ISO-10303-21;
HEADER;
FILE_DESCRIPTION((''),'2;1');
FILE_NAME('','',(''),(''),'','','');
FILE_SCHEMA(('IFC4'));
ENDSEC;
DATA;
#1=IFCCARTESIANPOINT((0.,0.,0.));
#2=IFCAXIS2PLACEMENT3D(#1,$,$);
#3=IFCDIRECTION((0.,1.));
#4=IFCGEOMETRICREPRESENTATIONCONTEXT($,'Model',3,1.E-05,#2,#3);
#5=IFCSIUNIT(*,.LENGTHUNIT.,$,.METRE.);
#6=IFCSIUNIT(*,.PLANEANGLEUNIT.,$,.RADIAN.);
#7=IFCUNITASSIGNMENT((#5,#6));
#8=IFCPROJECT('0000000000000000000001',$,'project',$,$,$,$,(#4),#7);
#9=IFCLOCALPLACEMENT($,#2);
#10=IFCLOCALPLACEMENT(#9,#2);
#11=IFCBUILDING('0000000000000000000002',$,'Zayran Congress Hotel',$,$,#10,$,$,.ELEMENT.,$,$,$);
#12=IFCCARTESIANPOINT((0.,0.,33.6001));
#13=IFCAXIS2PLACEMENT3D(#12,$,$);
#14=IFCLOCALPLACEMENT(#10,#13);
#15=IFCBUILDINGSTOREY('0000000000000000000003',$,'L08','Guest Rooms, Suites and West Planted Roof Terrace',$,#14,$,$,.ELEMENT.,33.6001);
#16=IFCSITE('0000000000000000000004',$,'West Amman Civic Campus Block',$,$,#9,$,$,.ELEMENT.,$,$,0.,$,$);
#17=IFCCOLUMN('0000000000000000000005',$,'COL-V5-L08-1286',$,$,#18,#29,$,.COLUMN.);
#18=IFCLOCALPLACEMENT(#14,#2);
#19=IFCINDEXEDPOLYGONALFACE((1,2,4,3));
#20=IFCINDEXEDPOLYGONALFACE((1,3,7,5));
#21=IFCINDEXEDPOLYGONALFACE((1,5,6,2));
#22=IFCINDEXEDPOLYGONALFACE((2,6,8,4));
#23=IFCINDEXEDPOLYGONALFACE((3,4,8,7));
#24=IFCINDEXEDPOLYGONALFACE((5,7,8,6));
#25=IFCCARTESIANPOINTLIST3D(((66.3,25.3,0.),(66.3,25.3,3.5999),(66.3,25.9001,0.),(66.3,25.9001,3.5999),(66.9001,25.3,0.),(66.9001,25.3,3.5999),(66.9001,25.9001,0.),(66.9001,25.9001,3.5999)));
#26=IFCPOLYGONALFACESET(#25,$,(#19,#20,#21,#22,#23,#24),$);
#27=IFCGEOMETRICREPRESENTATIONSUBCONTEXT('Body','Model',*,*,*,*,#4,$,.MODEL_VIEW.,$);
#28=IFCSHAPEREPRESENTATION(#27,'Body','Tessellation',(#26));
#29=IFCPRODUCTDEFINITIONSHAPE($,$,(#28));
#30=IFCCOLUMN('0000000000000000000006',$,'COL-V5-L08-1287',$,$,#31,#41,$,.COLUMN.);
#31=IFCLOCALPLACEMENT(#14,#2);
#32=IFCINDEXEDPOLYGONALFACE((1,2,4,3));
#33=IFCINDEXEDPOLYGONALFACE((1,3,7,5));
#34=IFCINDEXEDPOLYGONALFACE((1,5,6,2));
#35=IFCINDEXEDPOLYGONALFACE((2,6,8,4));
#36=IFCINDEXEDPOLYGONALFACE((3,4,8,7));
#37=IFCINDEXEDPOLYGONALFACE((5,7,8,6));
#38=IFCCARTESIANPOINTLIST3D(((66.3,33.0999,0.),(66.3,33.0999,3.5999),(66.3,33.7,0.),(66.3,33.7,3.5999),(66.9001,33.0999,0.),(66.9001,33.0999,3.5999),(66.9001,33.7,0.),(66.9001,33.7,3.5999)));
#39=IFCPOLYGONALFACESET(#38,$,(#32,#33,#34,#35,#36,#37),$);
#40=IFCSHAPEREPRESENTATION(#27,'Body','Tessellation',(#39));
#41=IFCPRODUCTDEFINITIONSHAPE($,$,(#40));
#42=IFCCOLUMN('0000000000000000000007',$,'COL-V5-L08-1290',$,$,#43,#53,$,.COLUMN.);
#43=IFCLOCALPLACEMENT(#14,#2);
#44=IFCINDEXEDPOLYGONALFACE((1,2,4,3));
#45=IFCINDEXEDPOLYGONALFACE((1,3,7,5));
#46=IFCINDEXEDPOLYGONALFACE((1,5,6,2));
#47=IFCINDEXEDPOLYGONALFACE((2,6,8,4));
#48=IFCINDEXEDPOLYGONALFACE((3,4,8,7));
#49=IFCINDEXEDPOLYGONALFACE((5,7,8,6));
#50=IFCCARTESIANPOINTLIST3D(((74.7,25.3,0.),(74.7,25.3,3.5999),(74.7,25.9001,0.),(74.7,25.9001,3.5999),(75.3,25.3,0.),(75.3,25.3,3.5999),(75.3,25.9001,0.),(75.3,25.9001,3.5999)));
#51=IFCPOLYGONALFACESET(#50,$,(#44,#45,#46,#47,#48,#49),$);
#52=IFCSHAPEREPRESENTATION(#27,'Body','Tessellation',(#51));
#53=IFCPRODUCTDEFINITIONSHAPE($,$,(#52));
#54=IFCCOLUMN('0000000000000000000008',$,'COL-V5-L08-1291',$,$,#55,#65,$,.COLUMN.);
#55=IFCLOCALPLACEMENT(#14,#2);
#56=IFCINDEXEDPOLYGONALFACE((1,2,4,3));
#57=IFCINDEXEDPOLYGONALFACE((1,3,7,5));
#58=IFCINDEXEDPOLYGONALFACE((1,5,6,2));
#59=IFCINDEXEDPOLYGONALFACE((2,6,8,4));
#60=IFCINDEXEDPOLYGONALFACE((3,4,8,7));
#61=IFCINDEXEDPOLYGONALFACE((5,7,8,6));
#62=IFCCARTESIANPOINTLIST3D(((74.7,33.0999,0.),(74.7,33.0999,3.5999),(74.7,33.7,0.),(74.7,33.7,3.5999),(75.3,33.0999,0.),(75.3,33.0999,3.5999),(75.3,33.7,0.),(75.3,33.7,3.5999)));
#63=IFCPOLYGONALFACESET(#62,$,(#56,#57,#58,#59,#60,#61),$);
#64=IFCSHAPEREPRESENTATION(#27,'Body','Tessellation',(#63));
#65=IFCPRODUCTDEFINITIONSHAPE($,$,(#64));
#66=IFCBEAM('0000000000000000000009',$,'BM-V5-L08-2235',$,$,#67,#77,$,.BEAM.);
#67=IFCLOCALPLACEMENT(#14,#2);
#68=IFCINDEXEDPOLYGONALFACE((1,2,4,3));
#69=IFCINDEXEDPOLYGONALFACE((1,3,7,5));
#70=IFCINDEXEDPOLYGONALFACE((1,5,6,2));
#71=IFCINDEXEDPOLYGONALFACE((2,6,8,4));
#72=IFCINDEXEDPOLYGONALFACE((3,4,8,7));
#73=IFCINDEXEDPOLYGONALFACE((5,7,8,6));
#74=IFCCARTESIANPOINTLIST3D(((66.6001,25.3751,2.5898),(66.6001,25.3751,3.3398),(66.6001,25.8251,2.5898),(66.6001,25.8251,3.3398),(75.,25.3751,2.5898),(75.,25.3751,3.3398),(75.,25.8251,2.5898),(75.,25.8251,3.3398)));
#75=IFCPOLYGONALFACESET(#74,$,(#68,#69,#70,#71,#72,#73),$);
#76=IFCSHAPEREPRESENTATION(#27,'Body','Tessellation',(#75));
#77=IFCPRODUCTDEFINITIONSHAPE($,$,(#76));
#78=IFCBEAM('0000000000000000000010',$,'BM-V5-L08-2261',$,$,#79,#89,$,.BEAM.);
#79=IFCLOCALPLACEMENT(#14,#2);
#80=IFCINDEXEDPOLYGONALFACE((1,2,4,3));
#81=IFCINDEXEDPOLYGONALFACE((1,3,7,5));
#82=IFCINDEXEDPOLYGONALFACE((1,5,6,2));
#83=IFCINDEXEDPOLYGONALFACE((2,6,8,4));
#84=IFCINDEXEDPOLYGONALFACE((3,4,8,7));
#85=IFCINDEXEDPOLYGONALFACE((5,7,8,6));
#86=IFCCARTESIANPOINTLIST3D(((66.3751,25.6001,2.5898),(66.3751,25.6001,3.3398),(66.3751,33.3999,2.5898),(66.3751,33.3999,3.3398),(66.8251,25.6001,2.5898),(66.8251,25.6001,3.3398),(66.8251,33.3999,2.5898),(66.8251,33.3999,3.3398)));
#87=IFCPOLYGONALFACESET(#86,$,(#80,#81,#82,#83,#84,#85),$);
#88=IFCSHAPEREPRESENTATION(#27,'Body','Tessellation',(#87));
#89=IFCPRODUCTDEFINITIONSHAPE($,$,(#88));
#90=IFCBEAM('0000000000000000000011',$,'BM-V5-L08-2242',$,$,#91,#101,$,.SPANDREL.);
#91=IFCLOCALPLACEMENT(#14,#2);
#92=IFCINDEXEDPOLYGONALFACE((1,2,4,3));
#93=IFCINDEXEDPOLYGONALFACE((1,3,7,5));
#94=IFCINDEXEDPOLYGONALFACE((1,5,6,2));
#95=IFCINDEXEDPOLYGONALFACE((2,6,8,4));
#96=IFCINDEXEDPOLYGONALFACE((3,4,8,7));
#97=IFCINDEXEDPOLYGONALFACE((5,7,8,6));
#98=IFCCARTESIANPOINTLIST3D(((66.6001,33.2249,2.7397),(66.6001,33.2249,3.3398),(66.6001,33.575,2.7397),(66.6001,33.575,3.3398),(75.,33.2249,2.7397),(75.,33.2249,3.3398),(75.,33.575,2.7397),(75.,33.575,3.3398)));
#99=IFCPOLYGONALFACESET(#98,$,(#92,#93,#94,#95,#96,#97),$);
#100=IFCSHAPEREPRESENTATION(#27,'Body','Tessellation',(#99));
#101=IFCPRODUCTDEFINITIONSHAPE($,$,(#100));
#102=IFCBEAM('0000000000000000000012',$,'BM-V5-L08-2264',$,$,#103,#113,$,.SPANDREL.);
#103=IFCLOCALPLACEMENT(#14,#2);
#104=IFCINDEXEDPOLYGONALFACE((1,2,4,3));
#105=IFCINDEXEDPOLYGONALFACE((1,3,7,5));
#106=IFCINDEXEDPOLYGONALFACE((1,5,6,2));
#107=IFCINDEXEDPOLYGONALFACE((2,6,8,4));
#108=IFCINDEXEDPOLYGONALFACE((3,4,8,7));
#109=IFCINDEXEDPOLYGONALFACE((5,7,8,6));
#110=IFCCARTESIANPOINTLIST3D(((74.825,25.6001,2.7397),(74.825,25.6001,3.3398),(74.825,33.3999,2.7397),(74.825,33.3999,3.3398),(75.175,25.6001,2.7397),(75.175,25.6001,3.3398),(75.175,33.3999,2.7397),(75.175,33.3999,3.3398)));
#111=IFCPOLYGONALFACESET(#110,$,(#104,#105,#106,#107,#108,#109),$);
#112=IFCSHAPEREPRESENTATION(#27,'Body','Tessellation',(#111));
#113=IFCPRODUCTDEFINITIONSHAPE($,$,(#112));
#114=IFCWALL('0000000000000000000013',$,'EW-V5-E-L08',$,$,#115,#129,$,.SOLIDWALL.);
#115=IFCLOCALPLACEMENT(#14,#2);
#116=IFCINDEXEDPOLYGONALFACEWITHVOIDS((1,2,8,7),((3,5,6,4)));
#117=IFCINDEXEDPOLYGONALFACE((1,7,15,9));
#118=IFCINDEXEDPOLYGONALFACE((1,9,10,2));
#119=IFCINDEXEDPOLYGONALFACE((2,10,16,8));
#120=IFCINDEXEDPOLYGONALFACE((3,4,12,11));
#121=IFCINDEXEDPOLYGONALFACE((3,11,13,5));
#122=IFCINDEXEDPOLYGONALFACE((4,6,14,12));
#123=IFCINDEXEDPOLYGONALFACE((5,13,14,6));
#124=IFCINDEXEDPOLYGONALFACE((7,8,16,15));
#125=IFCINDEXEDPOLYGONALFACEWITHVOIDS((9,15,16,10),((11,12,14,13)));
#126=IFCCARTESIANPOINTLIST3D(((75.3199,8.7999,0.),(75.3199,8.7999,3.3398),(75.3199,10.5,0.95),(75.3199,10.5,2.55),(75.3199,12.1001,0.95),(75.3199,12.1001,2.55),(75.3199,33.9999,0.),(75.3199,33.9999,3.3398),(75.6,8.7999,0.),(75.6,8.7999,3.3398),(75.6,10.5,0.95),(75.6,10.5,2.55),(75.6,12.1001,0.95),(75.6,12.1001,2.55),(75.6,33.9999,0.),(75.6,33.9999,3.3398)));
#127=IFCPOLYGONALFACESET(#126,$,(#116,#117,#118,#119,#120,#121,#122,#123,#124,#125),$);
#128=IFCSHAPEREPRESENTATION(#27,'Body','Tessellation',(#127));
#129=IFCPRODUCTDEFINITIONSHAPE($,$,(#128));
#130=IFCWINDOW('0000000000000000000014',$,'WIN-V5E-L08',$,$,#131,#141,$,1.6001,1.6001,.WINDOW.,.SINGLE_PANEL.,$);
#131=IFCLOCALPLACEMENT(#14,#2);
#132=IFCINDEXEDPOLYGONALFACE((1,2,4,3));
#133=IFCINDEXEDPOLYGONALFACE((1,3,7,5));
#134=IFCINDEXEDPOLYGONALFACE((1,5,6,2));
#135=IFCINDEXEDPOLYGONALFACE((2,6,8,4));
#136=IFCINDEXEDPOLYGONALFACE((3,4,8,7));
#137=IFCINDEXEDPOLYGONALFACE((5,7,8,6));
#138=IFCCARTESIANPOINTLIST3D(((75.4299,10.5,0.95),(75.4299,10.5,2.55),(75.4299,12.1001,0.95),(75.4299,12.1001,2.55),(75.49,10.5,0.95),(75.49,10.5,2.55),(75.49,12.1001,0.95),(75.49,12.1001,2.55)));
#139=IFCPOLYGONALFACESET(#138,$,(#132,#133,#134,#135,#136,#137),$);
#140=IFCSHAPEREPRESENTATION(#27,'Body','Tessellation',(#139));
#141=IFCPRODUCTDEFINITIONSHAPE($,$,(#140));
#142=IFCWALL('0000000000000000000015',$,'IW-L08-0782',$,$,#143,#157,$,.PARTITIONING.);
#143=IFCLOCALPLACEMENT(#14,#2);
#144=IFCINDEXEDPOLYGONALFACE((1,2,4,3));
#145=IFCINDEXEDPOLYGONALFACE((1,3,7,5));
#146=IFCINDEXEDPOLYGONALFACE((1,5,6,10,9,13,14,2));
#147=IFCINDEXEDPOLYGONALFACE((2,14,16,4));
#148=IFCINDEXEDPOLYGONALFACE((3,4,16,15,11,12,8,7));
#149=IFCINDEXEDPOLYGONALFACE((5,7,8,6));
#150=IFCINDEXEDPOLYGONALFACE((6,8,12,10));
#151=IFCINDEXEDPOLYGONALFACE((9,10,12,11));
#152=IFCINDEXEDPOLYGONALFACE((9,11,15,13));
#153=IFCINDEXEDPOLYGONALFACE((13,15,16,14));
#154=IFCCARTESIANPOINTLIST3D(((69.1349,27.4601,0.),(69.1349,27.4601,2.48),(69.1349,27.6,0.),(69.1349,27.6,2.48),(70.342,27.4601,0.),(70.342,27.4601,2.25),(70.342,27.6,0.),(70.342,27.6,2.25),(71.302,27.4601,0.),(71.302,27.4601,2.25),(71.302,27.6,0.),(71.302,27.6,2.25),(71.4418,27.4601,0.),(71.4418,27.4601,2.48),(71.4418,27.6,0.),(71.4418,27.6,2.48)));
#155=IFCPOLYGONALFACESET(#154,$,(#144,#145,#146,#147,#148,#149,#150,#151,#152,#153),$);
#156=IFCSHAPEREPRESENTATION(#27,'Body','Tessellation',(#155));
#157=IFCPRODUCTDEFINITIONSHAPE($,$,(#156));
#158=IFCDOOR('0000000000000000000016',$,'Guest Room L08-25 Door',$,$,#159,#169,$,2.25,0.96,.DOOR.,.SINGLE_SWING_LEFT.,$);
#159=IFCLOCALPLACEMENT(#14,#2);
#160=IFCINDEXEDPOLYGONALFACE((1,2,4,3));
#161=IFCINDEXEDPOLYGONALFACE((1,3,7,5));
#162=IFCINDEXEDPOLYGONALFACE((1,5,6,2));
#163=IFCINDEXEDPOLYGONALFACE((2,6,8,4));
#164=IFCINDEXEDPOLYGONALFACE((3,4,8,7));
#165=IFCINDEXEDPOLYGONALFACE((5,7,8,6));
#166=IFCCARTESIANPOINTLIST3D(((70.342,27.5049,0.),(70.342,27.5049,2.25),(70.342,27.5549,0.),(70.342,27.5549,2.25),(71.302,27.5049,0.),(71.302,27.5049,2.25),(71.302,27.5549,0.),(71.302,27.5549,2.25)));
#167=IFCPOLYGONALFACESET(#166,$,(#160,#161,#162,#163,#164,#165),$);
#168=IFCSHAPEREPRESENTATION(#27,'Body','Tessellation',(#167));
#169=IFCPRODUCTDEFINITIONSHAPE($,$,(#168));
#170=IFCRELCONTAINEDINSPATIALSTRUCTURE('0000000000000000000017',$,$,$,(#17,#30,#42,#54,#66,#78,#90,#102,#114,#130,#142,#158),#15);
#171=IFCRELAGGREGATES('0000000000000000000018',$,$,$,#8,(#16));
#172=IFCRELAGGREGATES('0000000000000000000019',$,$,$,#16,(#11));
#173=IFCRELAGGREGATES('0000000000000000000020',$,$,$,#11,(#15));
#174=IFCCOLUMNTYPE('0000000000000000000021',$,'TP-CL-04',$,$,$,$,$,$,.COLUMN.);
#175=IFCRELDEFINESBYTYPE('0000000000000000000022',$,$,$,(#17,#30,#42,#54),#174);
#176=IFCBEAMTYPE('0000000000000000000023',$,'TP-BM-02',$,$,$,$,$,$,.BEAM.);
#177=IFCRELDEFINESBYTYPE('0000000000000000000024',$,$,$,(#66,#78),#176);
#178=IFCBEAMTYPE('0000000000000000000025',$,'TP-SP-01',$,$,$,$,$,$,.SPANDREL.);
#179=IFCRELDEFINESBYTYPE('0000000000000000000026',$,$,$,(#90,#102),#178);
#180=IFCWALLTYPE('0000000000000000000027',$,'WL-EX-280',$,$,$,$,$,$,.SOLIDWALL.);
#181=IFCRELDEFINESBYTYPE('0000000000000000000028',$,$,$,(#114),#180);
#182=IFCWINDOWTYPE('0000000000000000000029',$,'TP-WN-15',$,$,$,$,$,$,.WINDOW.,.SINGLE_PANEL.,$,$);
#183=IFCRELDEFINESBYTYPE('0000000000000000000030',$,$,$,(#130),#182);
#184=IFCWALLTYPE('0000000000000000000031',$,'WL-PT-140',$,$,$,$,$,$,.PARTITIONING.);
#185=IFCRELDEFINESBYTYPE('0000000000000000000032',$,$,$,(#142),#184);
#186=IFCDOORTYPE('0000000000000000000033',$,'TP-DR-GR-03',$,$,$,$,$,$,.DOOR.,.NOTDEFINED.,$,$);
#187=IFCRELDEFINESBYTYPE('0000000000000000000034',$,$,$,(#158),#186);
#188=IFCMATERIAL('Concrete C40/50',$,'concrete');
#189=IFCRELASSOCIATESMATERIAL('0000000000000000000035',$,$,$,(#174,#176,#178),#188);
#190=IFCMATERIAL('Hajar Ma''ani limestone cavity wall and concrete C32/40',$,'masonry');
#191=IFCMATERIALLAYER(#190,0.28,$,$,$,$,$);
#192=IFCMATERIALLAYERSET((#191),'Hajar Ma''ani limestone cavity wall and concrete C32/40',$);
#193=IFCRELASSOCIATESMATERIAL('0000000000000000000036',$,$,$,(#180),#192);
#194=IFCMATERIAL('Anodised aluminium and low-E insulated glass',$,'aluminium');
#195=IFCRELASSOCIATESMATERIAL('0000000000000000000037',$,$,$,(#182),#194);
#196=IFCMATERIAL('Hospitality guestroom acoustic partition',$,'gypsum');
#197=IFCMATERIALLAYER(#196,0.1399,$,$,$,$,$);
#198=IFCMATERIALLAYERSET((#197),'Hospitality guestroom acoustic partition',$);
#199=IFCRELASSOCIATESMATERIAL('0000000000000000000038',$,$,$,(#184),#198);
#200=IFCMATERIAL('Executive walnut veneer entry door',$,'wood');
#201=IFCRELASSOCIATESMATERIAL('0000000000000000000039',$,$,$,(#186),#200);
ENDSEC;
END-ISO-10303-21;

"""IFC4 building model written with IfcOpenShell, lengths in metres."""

from ifc_helpers import new_model, si_unit, direction, frame, frame_2d, origin, origin_2d, place, context, subcontext, project, spatial, rectangle, extrude, material, layer, layer_set, material_profile, profile_set, type_object, element, fill, save


model = new_model("IFC4")

# Units and contexts
model_context = context("Model", 3, precision=1e-05, world=origin(), true_north=direction((0.0, 1.0)))
body_context = subcontext(model_context, "Body", "Model", "MODEL_VIEW")
ifc_project = project(units=[si_unit("LENGTHUNIT", "METRE"), si_unit("PLANEANGLEUNIT", "RADIAN")], contexts=[model_context])

# Site, building, storey
site_placement = place(None, origin())
site = spatial("IfcSite", under=ifc_project, at=site_placement, Name="West Amman Civic Campus Block", CompositionType="ELEMENT", RefElevation=0.0)
building_placement = place(site_placement, origin())
building = spatial("IfcBuilding", under=site, at=building_placement, Name="Zayran Congress Hotel", CompositionType="ELEMENT")
storey_placement = place(building_placement, frame((0.0, 0.0, 33.6001)))
storey = spatial("IfcBuildingStorey", under=building, at=storey_placement, Name="L08", Description="Guest Rooms, Suites and West Planted Roof Terrace", CompositionType="ELEMENT", Elevation=33.6001)

# Columns
ifc_material_1 = material(Name="Concrete C40/50", Category="concrete")
ifc_material_profile_1 = material_profile(ifc_material_1, rectangle(XDim=0.6001, YDim=0.6001, at=origin_2d()), Name="RC 600x600")
ifc_profile_set_1 = profile_set([ifc_material_profile_1], Name="Concrete C40/50")
column_type = type_object("IfcColumnType", Name="TP-CL-04", PredefinedType="COLUMN", material=ifc_profile_set_1)
for number, where, z_axis, x_axis, name in (
    (1, (66.6001, 25.6001, 0.0), (0.0, 0.0, 1.0), (1.0, 0.0, 0.0), "COL-V5-L08-1286"),
    (2, (66.6001, 33.3999, 0.0), (0.0, 0.0, 1.0), (1.0, 0.0, 0.0), "COL-V5-L08-1287"),
    (3, (75.0, 25.6001, 0.0), (0.0, 0.0, 1.0), (1.0, 0.0, 0.0), "COL-V5-L08-1290"),
    (4, (75.0, 33.3999, 0.0), (0.0, 0.0, 1.0), (1.0, 0.0, 0.0), "COL-V5-L08-1291"),
):
    element("IfcColumn", number, at=place(storey_placement, frame(where, z_axis=z_axis, x_axis=x_axis)), inside=storey, type_object=column_type, Name=name, PredefinedType="COLUMN", context=body_context, shape_type="SweptSolid", body=[
        extrude(rectangle(XDim=0.6001, YDim=0.6001, at=origin_2d()), origin(), (0.0, 0.0, 1.0), 3.5999),
    ])

# Beams
ifc_material_profile_2 = material_profile(ifc_material_1, rectangle(XDim=0.45, YDim=0.75, at=origin_2d()), Name="RC 450x750")
ifc_profile_set_2 = profile_set([ifc_material_profile_2], Name="Concrete C40/50")
beam_type_1 = type_object("IfcBeamType", Name="TP-BM-02", PredefinedType="BEAM", material=ifc_profile_set_2)
beam_1_placement = place(storey_placement, frame((66.6001, 25.6001, 2.9648), z_axis=(1.0, 0.0, 0.0), x_axis=(0.0, 1.0, 0.0)))
element("IfcBeam", 5, at=beam_1_placement, inside=storey, type_object=beam_type_1, Name="BM-V5-L08-2235", PredefinedType="BEAM", context=body_context, shape_type="SweptSolid", body=[
    extrude(rectangle(XDim=0.45, YDim=0.75, at=origin_2d()), origin(), (0.0, 0.0, 1.0), 8.3999),
])
beam_2_placement = place(storey_placement, frame((66.6001, 25.6001, 2.9648), z_axis=(0.0, 1.0, 0.0), x_axis=(-1.0, 0.0, 0.0)))
element("IfcBeam", 6, at=beam_2_placement, inside=storey, type_object=beam_type_1, Name="BM-V5-L08-2261", PredefinedType="BEAM", context=body_context, shape_type="SweptSolid", body=[
    extrude(rectangle(XDim=0.45, YDim=0.75, at=origin_2d()), origin(), (0.0, 0.0, 1.0), 7.7998),
])
ifc_material_profile_3 = material_profile(ifc_material_1, rectangle(XDim=0.3501, YDim=0.6001, at=origin_2d()), Name="RC 350x600")
ifc_profile_set_3 = profile_set([ifc_material_profile_3], Name="Concrete C40/50")
beam_type_2 = type_object("IfcBeamType", Name="TP-SP-01", PredefinedType="SPANDREL", material=ifc_profile_set_3)
beam_3_placement = place(storey_placement, frame((66.6001, 33.3999, 3.0398), z_axis=(1.0, 0.0, 0.0), x_axis=(0.0, 1.0, 0.0)))
element("IfcBeam", 7, at=beam_3_placement, inside=storey, type_object=beam_type_2, Name="BM-V5-L08-2242", PredefinedType="SPANDREL", context=body_context, shape_type="SweptSolid", body=[
    extrude(rectangle(XDim=0.3501, YDim=0.6001, at=origin_2d()), origin(), (0.0, 0.0, 1.0), 8.3999),
])
beam_4_placement = place(storey_placement, frame((75.0, 25.6001, 3.0398), z_axis=(0.0, 1.0, 0.0), x_axis=(-1.0, 0.0, 0.0)))
element("IfcBeam", 8, at=beam_4_placement, inside=storey, type_object=beam_type_2, Name="BM-V5-L08-2264", PredefinedType="SPANDREL", context=body_context, shape_type="SweptSolid", body=[
    extrude(rectangle(XDim=0.3501, YDim=0.6001, at=origin_2d()), origin(), (0.0, 0.0, 1.0), 7.7998),
])

# Wall, opening, window
ifc_material_2 = material(Name="Hajar Ma'ani limestone cavity wall and concrete C32/40", Category="masonry")
ifc_layer_1 = layer(ifc_material_2, 0.28)
ifc_layer_set_1 = layer_set([ifc_layer_1], Name="Hajar Ma'ani limestone cavity wall and concrete C32/40")
wall_type_1 = type_object("IfcWallType", Name="WL-EX-280", PredefinedType="SOLIDWALL", material=ifc_layer_set_1)
wall_1_placement = place(storey_placement, frame((75.46, 34.0, 0.0), z_axis=(0.0, 0.0, 1.0), x_axis=(0.0, -1.0, 0.0)))
wall_1 = element("IfcWall", 9, at=wall_1_placement, inside=storey, type_object=wall_type_1, Name="EW-V5-E-L08", PredefinedType="SOLIDWALL", context=body_context, shape_type="SweptSolid", body=[
    extrude(rectangle(XDim=25.2, YDim=0.28, at=frame_2d((12.6001, 0.0))), origin(), (0.0, 0.0, 1.0), 3.3398),
])
opening_1_placement = place(wall_1_placement, frame((21.8999, 0.0, 0.95)))
opening_1 = element("IfcOpeningElement", 10, at=opening_1_placement, cuts=wall_1, PredefinedType="OPENING", context=body_context, shape_type="SweptSolid", body=[
    extrude(rectangle(XDim=1.6001, YDim=1.6001, at=frame_2d((0.8, 0.8))), frame((0.0, 0.1499, 0.0), z_axis=(0.0, -1.0, 0.0), x_axis=(1.0, 0.0, 0.0)), (0.0, 0.0, 1.0), 0.3),
])
ifc_material_3 = material(Name="Anodised aluminium and low-E insulated glass", Category="aluminium")
window_type = type_object("IfcWindowType", Name="TP-WN-15", PartitioningType="SINGLE_PANEL", PredefinedType="WINDOW", material=ifc_material_3)
window_placement = place(opening_1_placement, origin())
window = element("IfcWindow", 11, at=window_placement, inside=storey, type_object=window_type, Name="WIN-V5E-L08", OverallHeight=1.6001, OverallWidth=1.6001, PartitioningType="SINGLE_PANEL", PredefinedType="WINDOW", context=body_context, shape_type="SweptSolid", body=[
    extrude(rectangle(XDim=1.6001, YDim=1.6001, at=frame_2d((0.8, 0.8))), frame((0.0, 0.03, 0.0), z_axis=(0.0, -1.0, 0.0), x_axis=(1.0, 0.0, 0.0)), (0.0, 0.0, 1.0), 0.0601),
])
fill(opening_1, window)

# Wall, opening, door
ifc_material_4 = material(Name="Hospitality guestroom acoustic partition", Category="gypsum")
ifc_layer_2 = layer(ifc_material_4, 0.1399)
ifc_layer_set_2 = layer_set([ifc_layer_2], Name="Hospitality guestroom acoustic partition")
wall_type_2 = type_object("IfcWallType", Name="WL-PT-140", PredefinedType="PARTITIONING", material=ifc_layer_set_2)
wall_2_placement = place(storey_placement, frame((69.135, 27.53, 0.0), z_axis=(0.0, 0.0, 1.0), x_axis=(1.0, 0.0, 0.0)))
wall_2 = element("IfcWall", 12, at=wall_2_placement, inside=storey, type_object=wall_type_2, Name="IW-L08-0782", PredefinedType="PARTITIONING", context=body_context, shape_type="SweptSolid", body=[
    extrude(rectangle(XDim=2.3069, YDim=0.1399, at=frame_2d((1.1533, 0.0))), origin(), (0.0, 0.0, 1.0), 2.48),
])
opening_2_placement = place(wall_2_placement, frame((1.207, 0.0, 0.0)))
opening_2 = element("IfcOpeningElement", 13, at=opening_2_placement, cuts=wall_2, PredefinedType="OPENING", context=body_context, shape_type="SweptSolid", body=[
    extrude(rectangle(XDim=0.96, YDim=2.25, at=frame_2d((0.48, 1.125))), frame((0.0, 0.0798, 0.0), z_axis=(0.0, -1.0, 0.0), x_axis=(1.0, 0.0, 0.0)), (0.0, 0.0, 1.0), 0.1599),
])
ifc_material_5 = material(Name="Executive walnut veneer entry door", Category="wood")
door_type_1 = type_object("IfcDoorType", Name="TP-DR-GR-03", OperationType="NOTDEFINED", PredefinedType="DOOR", material=ifc_material_5)
door_1_placement = place(opening_2_placement, origin())
door_1 = element("IfcDoor", 14, at=door_1_placement, inside=storey, type_object=door_type_1, Name="Guest Room L08-25 Door", OperationType="SINGLE_SWING_LEFT", OverallHeight=2.25, OverallWidth=0.96, PredefinedType="DOOR", context=body_context, shape_type="SweptSolid", body=[
    extrude(rectangle(XDim=0.96, YDim=2.25, at=frame_2d((0.48, 1.125))), frame((0.0, 0.0249, 0.0), z_axis=(0.0, -1.0, 0.0), x_axis=(1.0, 0.0, 0.0)), (0.0, 0.0, 1.0), 0.05),
])
fill(opening_2, door_1)

save(model, "model.ifc")
